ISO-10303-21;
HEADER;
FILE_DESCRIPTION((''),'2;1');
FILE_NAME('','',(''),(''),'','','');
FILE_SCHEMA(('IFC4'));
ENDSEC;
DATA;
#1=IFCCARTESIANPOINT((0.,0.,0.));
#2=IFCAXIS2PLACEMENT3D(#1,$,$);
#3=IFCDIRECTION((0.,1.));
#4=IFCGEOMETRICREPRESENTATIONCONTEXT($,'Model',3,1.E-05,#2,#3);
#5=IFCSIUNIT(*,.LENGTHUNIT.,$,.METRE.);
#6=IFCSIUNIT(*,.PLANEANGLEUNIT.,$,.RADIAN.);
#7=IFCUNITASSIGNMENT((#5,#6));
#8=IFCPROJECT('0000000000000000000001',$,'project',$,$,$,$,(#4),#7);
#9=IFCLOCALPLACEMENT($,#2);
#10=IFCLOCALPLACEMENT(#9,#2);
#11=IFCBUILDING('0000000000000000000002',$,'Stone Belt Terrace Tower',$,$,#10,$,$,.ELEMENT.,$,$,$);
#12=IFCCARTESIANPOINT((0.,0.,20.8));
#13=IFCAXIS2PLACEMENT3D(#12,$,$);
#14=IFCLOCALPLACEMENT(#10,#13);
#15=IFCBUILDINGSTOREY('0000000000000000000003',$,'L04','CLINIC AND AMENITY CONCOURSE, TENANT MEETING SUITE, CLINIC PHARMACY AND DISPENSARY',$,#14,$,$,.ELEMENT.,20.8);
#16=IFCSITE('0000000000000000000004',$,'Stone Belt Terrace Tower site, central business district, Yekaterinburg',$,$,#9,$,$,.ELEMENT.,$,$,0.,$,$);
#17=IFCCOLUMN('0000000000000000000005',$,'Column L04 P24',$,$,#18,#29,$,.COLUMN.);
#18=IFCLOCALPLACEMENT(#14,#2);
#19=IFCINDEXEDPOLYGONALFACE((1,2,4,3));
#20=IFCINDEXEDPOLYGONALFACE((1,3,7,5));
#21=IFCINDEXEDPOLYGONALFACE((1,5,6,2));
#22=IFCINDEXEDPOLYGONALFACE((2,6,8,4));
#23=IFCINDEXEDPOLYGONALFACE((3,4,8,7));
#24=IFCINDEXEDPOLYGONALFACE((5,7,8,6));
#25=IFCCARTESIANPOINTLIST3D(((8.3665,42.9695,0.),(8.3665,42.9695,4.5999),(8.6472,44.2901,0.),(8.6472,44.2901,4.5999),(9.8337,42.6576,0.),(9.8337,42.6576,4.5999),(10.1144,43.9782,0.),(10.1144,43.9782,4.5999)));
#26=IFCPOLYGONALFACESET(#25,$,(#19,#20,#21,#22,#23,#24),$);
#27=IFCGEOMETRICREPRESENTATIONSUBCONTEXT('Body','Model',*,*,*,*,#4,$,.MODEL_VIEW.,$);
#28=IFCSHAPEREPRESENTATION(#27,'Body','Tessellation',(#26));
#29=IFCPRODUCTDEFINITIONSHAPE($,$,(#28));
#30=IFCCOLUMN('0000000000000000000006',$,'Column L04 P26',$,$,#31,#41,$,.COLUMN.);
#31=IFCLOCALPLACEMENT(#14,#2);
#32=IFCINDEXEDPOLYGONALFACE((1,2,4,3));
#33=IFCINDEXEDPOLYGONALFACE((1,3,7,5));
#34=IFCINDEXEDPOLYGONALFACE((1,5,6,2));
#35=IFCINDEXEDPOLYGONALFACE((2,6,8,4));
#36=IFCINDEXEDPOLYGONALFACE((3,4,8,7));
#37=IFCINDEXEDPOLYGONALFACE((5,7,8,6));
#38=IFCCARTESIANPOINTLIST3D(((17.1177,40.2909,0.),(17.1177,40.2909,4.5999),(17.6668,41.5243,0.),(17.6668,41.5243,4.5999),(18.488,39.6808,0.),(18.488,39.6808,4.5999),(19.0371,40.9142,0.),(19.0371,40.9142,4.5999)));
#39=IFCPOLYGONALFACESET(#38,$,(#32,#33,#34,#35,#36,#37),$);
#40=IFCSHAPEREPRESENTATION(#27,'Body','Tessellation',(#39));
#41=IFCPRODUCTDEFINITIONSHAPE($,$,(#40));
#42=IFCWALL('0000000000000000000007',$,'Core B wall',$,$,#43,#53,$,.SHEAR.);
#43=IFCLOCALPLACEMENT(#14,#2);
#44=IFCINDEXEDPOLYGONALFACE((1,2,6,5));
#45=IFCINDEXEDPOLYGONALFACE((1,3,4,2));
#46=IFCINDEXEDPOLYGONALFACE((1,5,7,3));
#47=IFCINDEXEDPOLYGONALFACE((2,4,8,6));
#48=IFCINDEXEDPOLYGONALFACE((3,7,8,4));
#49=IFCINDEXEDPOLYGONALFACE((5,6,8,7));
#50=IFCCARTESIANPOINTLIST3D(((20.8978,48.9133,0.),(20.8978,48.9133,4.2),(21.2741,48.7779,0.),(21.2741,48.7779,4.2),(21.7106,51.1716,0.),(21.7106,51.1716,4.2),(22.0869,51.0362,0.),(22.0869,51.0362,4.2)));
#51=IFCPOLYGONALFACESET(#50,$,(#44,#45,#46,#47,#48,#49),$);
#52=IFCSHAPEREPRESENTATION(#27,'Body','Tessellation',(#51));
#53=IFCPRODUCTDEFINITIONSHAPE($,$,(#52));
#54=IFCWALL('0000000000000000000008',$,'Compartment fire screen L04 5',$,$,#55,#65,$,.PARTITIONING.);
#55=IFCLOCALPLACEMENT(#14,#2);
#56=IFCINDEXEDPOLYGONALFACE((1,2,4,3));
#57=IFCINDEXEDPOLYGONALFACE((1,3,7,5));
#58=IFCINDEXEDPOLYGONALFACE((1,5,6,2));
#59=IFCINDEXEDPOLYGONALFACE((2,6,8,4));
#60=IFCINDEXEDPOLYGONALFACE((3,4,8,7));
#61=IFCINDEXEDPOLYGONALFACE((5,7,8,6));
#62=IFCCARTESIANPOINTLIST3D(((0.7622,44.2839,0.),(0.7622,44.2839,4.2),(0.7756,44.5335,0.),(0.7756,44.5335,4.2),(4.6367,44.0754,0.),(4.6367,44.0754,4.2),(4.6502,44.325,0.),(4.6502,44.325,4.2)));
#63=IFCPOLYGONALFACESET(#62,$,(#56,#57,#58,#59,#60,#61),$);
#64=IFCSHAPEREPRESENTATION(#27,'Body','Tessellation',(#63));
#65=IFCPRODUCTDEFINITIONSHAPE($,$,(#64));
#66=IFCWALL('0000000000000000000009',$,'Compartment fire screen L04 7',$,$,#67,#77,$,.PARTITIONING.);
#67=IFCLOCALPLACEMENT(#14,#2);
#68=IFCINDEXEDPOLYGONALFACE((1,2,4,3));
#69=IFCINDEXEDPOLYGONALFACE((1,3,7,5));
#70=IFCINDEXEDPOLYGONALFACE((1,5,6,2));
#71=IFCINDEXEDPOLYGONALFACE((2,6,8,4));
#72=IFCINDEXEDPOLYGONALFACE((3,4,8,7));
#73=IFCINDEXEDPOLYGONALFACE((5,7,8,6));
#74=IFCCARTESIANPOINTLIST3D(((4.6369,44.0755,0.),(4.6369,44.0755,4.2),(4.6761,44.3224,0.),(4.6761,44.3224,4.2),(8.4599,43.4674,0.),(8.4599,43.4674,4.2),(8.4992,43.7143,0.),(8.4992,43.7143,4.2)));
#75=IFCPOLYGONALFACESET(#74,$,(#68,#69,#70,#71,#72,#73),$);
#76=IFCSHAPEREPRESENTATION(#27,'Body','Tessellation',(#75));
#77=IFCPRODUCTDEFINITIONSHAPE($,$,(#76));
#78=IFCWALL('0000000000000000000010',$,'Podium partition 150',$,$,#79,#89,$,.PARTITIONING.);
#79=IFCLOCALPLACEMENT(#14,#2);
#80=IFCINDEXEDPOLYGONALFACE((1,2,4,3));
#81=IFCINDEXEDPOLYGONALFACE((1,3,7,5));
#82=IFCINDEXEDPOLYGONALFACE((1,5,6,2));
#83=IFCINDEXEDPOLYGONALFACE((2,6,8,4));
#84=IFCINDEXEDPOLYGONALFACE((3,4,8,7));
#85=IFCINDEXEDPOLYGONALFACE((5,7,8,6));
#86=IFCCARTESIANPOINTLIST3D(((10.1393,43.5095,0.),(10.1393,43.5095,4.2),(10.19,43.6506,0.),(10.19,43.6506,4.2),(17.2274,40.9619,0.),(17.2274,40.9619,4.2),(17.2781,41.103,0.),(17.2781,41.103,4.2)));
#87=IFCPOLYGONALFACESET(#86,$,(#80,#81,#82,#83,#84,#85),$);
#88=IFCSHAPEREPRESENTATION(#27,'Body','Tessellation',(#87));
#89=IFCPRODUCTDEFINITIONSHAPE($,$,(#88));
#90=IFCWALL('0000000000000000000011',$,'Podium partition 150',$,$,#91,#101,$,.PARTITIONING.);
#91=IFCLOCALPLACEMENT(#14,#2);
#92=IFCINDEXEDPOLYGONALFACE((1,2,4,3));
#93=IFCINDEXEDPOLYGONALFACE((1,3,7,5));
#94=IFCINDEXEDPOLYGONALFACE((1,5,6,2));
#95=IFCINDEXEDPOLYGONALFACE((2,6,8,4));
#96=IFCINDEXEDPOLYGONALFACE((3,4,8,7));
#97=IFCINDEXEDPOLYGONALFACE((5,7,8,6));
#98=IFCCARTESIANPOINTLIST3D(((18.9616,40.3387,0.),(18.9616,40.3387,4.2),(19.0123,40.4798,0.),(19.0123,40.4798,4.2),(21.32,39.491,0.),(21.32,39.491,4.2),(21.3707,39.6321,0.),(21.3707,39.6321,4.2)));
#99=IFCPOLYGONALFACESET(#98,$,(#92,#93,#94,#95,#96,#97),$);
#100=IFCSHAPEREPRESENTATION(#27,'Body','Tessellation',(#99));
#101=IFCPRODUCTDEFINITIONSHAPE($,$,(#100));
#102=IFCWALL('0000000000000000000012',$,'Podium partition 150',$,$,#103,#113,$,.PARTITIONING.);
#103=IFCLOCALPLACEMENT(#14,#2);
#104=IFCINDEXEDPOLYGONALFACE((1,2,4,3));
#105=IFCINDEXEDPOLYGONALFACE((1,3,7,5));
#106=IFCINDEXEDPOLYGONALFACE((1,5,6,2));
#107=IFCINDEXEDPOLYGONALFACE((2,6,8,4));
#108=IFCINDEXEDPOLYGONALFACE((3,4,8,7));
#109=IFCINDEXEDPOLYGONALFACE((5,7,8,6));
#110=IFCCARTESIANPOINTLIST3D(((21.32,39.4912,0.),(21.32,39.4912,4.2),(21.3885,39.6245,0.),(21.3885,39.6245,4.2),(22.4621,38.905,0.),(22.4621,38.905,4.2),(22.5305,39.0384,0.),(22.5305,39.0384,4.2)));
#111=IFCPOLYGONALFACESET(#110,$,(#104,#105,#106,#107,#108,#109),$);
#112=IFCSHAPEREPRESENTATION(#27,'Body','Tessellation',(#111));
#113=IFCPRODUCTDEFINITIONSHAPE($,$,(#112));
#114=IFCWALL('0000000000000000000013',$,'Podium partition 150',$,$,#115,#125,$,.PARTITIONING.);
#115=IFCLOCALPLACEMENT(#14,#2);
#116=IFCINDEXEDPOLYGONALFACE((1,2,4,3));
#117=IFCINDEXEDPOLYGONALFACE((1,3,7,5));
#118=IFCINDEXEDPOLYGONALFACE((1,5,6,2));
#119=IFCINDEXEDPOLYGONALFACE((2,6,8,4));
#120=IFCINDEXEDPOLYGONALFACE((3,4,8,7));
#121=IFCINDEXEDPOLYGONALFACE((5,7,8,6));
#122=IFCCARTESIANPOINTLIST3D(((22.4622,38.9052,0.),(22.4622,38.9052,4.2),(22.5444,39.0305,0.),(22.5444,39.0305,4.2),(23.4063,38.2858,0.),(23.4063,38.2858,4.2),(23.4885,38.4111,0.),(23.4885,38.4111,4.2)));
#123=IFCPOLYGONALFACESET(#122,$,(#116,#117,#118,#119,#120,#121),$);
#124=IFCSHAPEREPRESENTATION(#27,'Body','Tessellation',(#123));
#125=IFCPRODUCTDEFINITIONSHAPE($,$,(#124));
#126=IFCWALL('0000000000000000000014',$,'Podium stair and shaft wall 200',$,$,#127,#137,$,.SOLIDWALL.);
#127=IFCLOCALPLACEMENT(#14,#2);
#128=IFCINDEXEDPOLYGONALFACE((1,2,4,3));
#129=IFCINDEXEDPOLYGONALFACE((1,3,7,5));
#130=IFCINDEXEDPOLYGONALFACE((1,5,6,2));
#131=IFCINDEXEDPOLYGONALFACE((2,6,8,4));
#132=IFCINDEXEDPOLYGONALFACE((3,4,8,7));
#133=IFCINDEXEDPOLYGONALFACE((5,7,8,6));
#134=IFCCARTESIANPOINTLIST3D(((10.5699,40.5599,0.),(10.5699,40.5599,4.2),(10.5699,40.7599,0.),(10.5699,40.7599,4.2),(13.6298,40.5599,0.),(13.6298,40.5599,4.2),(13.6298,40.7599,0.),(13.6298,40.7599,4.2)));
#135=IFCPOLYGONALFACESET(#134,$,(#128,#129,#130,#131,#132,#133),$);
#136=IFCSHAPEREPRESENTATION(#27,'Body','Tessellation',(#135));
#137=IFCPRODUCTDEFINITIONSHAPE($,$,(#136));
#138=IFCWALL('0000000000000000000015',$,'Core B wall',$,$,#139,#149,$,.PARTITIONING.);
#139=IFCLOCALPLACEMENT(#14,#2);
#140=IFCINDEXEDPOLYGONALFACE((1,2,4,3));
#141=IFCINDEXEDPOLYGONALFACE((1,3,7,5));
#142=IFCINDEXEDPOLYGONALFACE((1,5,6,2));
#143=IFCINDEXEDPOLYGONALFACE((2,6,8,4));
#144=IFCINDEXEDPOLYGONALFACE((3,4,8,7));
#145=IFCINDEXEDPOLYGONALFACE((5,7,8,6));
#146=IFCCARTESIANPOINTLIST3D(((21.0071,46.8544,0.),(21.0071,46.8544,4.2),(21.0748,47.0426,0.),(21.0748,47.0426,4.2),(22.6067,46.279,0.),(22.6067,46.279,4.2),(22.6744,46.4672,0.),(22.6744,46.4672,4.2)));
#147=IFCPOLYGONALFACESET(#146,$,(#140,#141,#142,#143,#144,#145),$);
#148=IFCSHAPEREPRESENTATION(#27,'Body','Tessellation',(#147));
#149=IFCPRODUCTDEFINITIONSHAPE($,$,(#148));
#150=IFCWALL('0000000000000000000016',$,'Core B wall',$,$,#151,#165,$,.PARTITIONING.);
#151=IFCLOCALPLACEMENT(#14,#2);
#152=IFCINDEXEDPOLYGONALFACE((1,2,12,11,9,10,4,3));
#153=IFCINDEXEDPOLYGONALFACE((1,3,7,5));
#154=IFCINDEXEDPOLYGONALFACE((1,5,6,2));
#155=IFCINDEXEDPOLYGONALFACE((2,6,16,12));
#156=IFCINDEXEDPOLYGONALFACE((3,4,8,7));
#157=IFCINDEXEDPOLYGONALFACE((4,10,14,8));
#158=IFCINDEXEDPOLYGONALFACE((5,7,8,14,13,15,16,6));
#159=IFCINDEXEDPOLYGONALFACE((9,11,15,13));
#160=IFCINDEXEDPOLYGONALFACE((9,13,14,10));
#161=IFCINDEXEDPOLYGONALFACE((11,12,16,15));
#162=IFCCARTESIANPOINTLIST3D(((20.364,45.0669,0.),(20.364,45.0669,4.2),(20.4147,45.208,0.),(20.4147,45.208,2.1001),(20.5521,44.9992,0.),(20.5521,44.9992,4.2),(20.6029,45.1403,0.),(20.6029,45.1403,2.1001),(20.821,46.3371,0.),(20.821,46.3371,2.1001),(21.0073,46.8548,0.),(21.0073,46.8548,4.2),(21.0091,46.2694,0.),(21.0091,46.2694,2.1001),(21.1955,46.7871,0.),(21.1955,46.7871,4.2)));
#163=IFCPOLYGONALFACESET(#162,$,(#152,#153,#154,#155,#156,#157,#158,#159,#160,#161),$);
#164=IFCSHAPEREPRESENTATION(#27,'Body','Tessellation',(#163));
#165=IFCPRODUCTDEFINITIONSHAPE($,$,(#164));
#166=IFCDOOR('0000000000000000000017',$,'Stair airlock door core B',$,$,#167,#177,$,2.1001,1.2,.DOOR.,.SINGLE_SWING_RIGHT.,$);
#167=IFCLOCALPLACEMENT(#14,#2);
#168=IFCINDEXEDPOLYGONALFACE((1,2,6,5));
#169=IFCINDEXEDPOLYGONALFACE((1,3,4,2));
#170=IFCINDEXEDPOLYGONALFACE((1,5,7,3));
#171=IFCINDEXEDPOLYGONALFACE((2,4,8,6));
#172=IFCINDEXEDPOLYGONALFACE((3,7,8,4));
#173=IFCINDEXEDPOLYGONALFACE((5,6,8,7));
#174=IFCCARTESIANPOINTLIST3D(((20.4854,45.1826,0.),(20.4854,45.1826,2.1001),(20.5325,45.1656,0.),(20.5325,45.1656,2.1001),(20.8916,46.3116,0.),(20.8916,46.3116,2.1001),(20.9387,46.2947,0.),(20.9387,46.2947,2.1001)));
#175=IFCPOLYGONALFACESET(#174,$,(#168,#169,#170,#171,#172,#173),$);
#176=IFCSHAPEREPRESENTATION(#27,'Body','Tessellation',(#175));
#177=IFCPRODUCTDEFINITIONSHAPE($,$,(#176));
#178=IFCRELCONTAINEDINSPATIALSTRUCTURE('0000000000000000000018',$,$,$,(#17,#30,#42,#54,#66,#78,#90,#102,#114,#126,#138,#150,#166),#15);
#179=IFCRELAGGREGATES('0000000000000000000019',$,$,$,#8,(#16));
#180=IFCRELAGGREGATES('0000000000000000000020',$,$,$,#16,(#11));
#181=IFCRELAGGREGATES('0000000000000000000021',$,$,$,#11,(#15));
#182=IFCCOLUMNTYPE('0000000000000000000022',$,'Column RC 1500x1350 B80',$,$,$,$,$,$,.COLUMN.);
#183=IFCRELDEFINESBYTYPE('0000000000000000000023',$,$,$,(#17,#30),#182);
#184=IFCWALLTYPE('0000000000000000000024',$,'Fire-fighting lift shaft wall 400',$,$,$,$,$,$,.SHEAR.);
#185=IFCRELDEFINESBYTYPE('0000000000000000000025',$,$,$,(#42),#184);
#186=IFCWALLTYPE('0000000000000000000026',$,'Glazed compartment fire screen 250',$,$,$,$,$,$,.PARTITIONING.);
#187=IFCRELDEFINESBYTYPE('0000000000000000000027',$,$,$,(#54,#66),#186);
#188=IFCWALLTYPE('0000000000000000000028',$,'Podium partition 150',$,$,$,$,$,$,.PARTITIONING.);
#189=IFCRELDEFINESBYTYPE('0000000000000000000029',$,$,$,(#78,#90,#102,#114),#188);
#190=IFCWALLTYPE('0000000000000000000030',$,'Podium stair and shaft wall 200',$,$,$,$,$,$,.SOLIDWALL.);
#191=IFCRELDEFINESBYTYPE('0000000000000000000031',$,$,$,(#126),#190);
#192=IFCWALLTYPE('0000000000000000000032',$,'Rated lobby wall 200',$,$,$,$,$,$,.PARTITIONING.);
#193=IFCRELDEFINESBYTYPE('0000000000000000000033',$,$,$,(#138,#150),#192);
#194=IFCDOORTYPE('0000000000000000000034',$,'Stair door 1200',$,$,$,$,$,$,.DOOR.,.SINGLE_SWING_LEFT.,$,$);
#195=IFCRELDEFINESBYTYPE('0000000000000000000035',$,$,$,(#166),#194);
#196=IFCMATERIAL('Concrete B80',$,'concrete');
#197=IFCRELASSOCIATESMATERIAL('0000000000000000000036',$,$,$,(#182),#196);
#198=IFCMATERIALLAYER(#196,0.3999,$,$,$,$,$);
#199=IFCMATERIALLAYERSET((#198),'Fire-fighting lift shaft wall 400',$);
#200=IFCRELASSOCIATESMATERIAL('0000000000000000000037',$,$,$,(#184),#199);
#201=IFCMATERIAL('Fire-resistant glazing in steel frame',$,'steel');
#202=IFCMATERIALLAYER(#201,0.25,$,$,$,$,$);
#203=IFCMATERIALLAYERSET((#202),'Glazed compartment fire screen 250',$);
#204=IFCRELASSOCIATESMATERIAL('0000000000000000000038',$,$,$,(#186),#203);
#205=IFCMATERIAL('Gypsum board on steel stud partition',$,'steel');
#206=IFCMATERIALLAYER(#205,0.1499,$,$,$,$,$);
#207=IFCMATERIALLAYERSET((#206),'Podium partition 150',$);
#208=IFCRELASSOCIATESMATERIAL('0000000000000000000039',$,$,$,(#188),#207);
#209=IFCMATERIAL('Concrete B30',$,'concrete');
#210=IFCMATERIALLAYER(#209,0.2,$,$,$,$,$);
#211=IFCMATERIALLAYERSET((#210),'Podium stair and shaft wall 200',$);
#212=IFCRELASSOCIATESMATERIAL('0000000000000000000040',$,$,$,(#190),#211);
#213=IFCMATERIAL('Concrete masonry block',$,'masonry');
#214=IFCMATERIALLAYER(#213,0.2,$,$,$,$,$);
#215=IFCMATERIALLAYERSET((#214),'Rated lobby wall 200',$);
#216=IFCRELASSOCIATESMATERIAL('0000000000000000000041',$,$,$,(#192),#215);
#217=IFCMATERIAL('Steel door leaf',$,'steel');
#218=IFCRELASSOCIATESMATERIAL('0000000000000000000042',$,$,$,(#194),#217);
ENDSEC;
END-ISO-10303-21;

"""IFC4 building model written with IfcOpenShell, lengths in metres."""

from ifc_helpers import new_model, si_unit, direction, frame, frame_2d, origin, origin_2d, place, context, subcontext, project, spatial, rectangle, extrude, material, layer, layer_set, material_profile, profile_set, type_object, element, fill, save


model = new_model("IFC4")

# Units and contexts
model_context = context("Model", 3, precision=1e-05, world=origin(), true_north=direction((0.0, 1.0)))
body_context = subcontext(model_context, "Body", "Model", "MODEL_VIEW")
ifc_project = project(units=[si_unit("LENGTHUNIT", "METRE"), si_unit("PLANEANGLEUNIT", "RADIAN")], contexts=[model_context])

# Site, building, storey
site_placement = place(None, origin())
site = spatial("IfcSite", under=ifc_project, at=site_placement, Name="Stone Belt Terrace Tower site, central business district, Yekaterinburg", CompositionType="ELEMENT", RefElevation=0.0)
building_placement = place(site_placement, origin())
building = spatial("IfcBuilding", under=site, at=building_placement, Name="Stone Belt Terrace Tower", CompositionType="ELEMENT")
storey_placement = place(building_placement, frame((0.0, 0.0, 20.8)))
storey = spatial("IfcBuildingStorey", under=building, at=storey_placement, Name="L04", Description="CLINIC AND AMENITY CONCOURSE, TENANT MEETING SUITE, CLINIC PHARMACY AND DISPENSARY", CompositionType="ELEMENT", Elevation=20.8)

# Columns
ifc_material_1 = material(Name="Concrete B80", Category="concrete")
ifc_material_profile = material_profile(ifc_material_1, rectangle(XDim=1.5, YDim=1.3501, at=origin_2d()), Name="RC 1500x1350")
ifc_profile_set = profile_set([ifc_material_profile], Name="Concrete B80")
column_type = type_object("IfcColumnType", Name="Column RC 1500x1350 B80", PredefinedType="COLUMN", material=ifc_profile_set)
for number, where, z_axis, x_axis, name in (
    (1, (9.2405, 43.4739, 0.0), (0.0, 0.0, 1.0), (0.978148, -0.207912, 0.0), "Column L04 P24"),
    (2, (18.0774, 40.6025, 0.0), (0.0, 0.0, 1.0), (0.913545, -0.406737, 0.0), "Column L04 P26"),
):
    element("IfcColumn", number, at=place(storey_placement, frame(where, z_axis=z_axis, x_axis=x_axis)), inside=storey, type_object=column_type, Name=name, PredefinedType="COLUMN", context=body_context, shape_type="SweptSolid", body=[
        extrude(rectangle(XDim=1.5, YDim=1.3501, at=origin_2d()), origin(), (0.0, 0.0, 1.0), 4.5999),
    ])

# Walls
ifc_layer_1 = layer(ifc_material_1, 0.3999)
ifc_layer_set_1 = layer_set([ifc_layer_1], Name="Fire-fighting lift shaft wall 400")
wall_type_1 = type_object("IfcWallType", Name="Fire-fighting lift shaft wall 400", PredefinedType="SHEAR", material=ifc_layer_set_1)
wall_1_placement = place(storey_placement, frame((21.0859, 48.8455, 0.0), z_axis=(0.0, 0.0, 1.0), x_axis=(0.338629, 0.94092, 0.0)))
element("IfcWall", 3, at=wall_1_placement, inside=storey, type_object=wall_type_1, Name="Core B wall", PredefinedType="SHEAR", context=body_context, shape_type="SweptSolid", body=[
    extrude(rectangle(XDim=2.4001, YDim=0.3999, at=frame_2d((1.2002, 0.0))), origin(), (0.0, 0.0, 1.0), 4.2),
])
ifc_material_2 = material(Name="Fire-resistant glazing in steel frame", Category="steel")
ifc_layer_2 = layer(ifc_material_2, 0.25)
ifc_layer_set_2 = layer_set([ifc_layer_2], Name="Glazed compartment fire screen 250")
wall_type_2 = type_object("IfcWallType", Name="Glazed compartment fire screen 250", PredefinedType="PARTITIONING", material=ifc_layer_set_2)
wall_2_placement = place(storey_placement, frame((0.769, 44.4087, 0.0), z_axis=(0.0, 0.0, 1.0), x_axis=(0.998555, -0.053734, 0.0)))
element("IfcWall", 4, at=wall_2_placement, inside=storey, type_object=wall_type_2, Name="Compartment fire screen L04 5", PredefinedType="PARTITIONING", context=body_context, shape_type="SweptSolid", body=[
    extrude(rectangle(XDim=3.8801, YDim=0.25, at=frame_2d((1.9399, 0.0))), origin(), (0.0, 0.0, 1.0), 4.2),
])
wall_3_placement = place(storey_placement, frame((4.6565, 44.199, 0.0), z_axis=(0.0, 0.0, 1.0), x_axis=(0.987582, -0.157102, 0.0)))
element("IfcWall", 5, at=wall_3_placement, inside=storey, type_object=wall_type_2, Name="Compartment fire screen L04 7", PredefinedType="PARTITIONING", context=body_context, shape_type="SweptSolid", body=[
    extrude(rectangle(XDim=3.8711, YDim=0.25, at=frame_2d((1.9355, 0.0))), origin(), (0.0, 0.0, 1.0), 4.2),
])
ifc_material_3 = material(Name="Gypsum board on steel stud partition", Category="steel")
ifc_layer_3 = layer(ifc_material_3, 0.1499)
ifc_layer_set_3 = layer_set([ifc_layer_3], Name="Podium partition 150")
wall_type_3 = type_object("IfcWallType", Name="Podium partition 150", PredefinedType="PARTITIONING", material=ifc_layer_set_3)
wall_4_placement = place(storey_placement, frame((10.1646, 43.5801, 0.0), z_axis=(0.0, 0.0, 1.0), x_axis=(0.941062, -0.338235, 0.0)))
element("IfcWall", 6, at=wall_4_placement, inside=storey, type_object=wall_type_3, Name="Podium partition 150", PredefinedType="PARTITIONING", context=body_context, shape_type="SweptSolid", body=[
    extrude(rectangle(XDim=7.532, YDim=0.1499, at=frame_2d((3.7661, 0.0))), origin(), (0.0, 0.0, 1.0), 4.2),
])
wall_5_placement = place(storey_placement, frame((18.9871, 40.4092, 0.0), z_axis=(0.0, 0.0, 1.0), x_axis=(0.941061, -0.338236, 0.0)))
element("IfcWall", 7, at=wall_5_placement, inside=storey, type_object=wall_type_3, Name="Podium partition 150", PredefinedType="PARTITIONING", context=body_context, shape_type="SweptSolid", body=[
    extrude(rectangle(XDim=2.5061, YDim=0.1499, at=frame_2d((1.2529, 0.0))), origin(), (0.0, 0.0, 1.0), 4.2),
])
wall_6_placement = place(storey_placement, frame((21.3542, 39.5579, 0.0), z_axis=(0.0, 0.0, 1.0), x_axis=(0.889661, -0.456622, 0.0)))
element("IfcWall", 8, at=wall_6_placement, inside=storey, type_object=wall_type_3, Name="Podium partition 150", PredefinedType="PARTITIONING", context=body_context, shape_type="SweptSolid", body=[
    extrude(rectangle(XDim=1.2837, YDim=0.1499, at=frame_2d((0.6418, 0.0))), origin(), (0.0, 0.0, 1.0), 4.2),
])
wall_7_placement = place(storey_placement, frame((22.5034, 38.9678, 0.0), z_axis=(0.0, 0.0, 1.0), x_axis=(0.836119, -0.548548, 0.0)))
element("IfcWall", 9, at=wall_7_placement, inside=storey, type_object=wall_type_3, Name="Podium partition 150", PredefinedType="PARTITIONING", context=body_context, shape_type="SweptSolid", body=[
    extrude(rectangle(XDim=1.1292, YDim=0.1499, at=frame_2d((0.5645, 0.0))), origin(), (0.0, 0.0, 1.0), 4.2),
])
ifc_material_4 = material(Name="Concrete B30", Category="concrete")
ifc_layer_4 = layer(ifc_material_4, 0.2)
ifc_layer_set_4 = layer_set([ifc_layer_4], Name="Podium stair and shaft wall 200")
wall_type_4 = type_object("IfcWallType", Name="Podium stair and shaft wall 200", PredefinedType="SOLIDWALL", material=ifc_layer_set_4)
wall_8_placement = place(storey_placement, frame((10.5701, 40.6599, 0.0), z_axis=(0.0, 0.0, 1.0), x_axis=(1.0, 0.0, 0.0)))
element("IfcWall", 10, at=wall_8_placement, inside=storey, type_object=wall_type_4, Name="Podium stair and shaft wall 200", PredefinedType="SOLIDWALL", context=body_context, shape_type="SweptSolid", body=[
    extrude(rectangle(XDim=3.0598, YDim=0.2, at=frame_2d((1.5298, 0.0))), origin(), (0.0, 0.0, 1.0), 4.2),
])
ifc_material_5 = material(Name="Concrete masonry block", Category="masonry")
ifc_layer_5 = layer(ifc_material_5, 0.2)
ifc_layer_set_5 = layer_set([ifc_layer_5], Name="Rated lobby wall 200")
wall_type_5 = type_object("IfcWallType", Name="Rated lobby wall 200", PredefinedType="PARTITIONING", material=ifc_layer_set_5)
wall_9_placement = place(storey_placement, frame((22.6406, 46.373, 0.0), z_axis=(0.0, 0.0, 1.0), x_axis=(-0.940966, 0.338501, 0.0)))
element("IfcWall", 11, at=wall_9_placement, inside=storey, type_object=wall_type_5, Name="Core B wall", PredefinedType="PARTITIONING", context=body_context, shape_type="SweptSolid", body=[
    extrude(rectangle(XDim=1.7, YDim=0.2, at=frame_2d((0.8501, 0.0))), origin(), (0.0, 0.0, 1.0), 4.2),
])

# Wall, opening, door
wall_10_placement = place(storey_placement, frame((20.458, 45.033, 0.0), z_axis=(0.0, 0.0, 1.0), x_axis=(0.338574, 0.94094, 0.0)))
wall_10 = element("IfcWall", 12, at=wall_10_placement, inside=storey, type_object=wall_type_5, Name="Core B wall", PredefinedType="PARTITIONING", context=body_context, shape_type="SweptSolid", body=[
    extrude(rectangle(XDim=1.9001, YDim=0.2, at=frame_2d((0.9502, 0.0))), origin(), (0.0, 0.0, 1.0), 4.2),
])
opening_1_placement = place(wall_10_placement, frame((0.1499, 0.0, 0.0)))
opening_1 = element("IfcOpeningElement", 13, at=opening_1_placement, cuts=wall_10, PredefinedType="OPENING", context=body_context, shape_type="SweptSolid", body=[
    extrude(rectangle(XDim=1.2, YDim=2.1001, at=frame_2d((0.6001, 1.05))), frame((0.0, 0.1099, 0.0), z_axis=(0.0, -1.0, 0.0), x_axis=(1.0, 0.0, 0.0)), (0.0, 0.0, 1.0), 0.22),
])
ifc_material_6 = material(Name="Steel door leaf", Category="steel")
door_type = type_object("IfcDoorType", Name="Stair door 1200", OperationType="SINGLE_SWING_LEFT", PredefinedType="DOOR", material=ifc_material_6)
door_1_placement = place(opening_1_placement, origin())
door_1 = element("IfcDoor", 14, at=door_1_placement, inside=storey, type_object=door_type, Name="Stair airlock door core B", OperationType="SINGLE_SWING_RIGHT", OverallHeight=2.1001, OverallWidth=1.2, PredefinedType="DOOR", context=body_context, shape_type="SweptSolid", body=[
    extrude(rectangle(XDim=1.2, YDim=2.1001, at=frame_2d((0.6001, 1.05))), frame((0.0, 0.0249, 0.0), z_axis=(0.0, -1.0, 0.0), x_axis=(1.0, 0.0, 0.0)), (0.0, 0.0, 1.0), 0.05),
])
fill(opening_1, door_1)

save(model, "model.ifc")
